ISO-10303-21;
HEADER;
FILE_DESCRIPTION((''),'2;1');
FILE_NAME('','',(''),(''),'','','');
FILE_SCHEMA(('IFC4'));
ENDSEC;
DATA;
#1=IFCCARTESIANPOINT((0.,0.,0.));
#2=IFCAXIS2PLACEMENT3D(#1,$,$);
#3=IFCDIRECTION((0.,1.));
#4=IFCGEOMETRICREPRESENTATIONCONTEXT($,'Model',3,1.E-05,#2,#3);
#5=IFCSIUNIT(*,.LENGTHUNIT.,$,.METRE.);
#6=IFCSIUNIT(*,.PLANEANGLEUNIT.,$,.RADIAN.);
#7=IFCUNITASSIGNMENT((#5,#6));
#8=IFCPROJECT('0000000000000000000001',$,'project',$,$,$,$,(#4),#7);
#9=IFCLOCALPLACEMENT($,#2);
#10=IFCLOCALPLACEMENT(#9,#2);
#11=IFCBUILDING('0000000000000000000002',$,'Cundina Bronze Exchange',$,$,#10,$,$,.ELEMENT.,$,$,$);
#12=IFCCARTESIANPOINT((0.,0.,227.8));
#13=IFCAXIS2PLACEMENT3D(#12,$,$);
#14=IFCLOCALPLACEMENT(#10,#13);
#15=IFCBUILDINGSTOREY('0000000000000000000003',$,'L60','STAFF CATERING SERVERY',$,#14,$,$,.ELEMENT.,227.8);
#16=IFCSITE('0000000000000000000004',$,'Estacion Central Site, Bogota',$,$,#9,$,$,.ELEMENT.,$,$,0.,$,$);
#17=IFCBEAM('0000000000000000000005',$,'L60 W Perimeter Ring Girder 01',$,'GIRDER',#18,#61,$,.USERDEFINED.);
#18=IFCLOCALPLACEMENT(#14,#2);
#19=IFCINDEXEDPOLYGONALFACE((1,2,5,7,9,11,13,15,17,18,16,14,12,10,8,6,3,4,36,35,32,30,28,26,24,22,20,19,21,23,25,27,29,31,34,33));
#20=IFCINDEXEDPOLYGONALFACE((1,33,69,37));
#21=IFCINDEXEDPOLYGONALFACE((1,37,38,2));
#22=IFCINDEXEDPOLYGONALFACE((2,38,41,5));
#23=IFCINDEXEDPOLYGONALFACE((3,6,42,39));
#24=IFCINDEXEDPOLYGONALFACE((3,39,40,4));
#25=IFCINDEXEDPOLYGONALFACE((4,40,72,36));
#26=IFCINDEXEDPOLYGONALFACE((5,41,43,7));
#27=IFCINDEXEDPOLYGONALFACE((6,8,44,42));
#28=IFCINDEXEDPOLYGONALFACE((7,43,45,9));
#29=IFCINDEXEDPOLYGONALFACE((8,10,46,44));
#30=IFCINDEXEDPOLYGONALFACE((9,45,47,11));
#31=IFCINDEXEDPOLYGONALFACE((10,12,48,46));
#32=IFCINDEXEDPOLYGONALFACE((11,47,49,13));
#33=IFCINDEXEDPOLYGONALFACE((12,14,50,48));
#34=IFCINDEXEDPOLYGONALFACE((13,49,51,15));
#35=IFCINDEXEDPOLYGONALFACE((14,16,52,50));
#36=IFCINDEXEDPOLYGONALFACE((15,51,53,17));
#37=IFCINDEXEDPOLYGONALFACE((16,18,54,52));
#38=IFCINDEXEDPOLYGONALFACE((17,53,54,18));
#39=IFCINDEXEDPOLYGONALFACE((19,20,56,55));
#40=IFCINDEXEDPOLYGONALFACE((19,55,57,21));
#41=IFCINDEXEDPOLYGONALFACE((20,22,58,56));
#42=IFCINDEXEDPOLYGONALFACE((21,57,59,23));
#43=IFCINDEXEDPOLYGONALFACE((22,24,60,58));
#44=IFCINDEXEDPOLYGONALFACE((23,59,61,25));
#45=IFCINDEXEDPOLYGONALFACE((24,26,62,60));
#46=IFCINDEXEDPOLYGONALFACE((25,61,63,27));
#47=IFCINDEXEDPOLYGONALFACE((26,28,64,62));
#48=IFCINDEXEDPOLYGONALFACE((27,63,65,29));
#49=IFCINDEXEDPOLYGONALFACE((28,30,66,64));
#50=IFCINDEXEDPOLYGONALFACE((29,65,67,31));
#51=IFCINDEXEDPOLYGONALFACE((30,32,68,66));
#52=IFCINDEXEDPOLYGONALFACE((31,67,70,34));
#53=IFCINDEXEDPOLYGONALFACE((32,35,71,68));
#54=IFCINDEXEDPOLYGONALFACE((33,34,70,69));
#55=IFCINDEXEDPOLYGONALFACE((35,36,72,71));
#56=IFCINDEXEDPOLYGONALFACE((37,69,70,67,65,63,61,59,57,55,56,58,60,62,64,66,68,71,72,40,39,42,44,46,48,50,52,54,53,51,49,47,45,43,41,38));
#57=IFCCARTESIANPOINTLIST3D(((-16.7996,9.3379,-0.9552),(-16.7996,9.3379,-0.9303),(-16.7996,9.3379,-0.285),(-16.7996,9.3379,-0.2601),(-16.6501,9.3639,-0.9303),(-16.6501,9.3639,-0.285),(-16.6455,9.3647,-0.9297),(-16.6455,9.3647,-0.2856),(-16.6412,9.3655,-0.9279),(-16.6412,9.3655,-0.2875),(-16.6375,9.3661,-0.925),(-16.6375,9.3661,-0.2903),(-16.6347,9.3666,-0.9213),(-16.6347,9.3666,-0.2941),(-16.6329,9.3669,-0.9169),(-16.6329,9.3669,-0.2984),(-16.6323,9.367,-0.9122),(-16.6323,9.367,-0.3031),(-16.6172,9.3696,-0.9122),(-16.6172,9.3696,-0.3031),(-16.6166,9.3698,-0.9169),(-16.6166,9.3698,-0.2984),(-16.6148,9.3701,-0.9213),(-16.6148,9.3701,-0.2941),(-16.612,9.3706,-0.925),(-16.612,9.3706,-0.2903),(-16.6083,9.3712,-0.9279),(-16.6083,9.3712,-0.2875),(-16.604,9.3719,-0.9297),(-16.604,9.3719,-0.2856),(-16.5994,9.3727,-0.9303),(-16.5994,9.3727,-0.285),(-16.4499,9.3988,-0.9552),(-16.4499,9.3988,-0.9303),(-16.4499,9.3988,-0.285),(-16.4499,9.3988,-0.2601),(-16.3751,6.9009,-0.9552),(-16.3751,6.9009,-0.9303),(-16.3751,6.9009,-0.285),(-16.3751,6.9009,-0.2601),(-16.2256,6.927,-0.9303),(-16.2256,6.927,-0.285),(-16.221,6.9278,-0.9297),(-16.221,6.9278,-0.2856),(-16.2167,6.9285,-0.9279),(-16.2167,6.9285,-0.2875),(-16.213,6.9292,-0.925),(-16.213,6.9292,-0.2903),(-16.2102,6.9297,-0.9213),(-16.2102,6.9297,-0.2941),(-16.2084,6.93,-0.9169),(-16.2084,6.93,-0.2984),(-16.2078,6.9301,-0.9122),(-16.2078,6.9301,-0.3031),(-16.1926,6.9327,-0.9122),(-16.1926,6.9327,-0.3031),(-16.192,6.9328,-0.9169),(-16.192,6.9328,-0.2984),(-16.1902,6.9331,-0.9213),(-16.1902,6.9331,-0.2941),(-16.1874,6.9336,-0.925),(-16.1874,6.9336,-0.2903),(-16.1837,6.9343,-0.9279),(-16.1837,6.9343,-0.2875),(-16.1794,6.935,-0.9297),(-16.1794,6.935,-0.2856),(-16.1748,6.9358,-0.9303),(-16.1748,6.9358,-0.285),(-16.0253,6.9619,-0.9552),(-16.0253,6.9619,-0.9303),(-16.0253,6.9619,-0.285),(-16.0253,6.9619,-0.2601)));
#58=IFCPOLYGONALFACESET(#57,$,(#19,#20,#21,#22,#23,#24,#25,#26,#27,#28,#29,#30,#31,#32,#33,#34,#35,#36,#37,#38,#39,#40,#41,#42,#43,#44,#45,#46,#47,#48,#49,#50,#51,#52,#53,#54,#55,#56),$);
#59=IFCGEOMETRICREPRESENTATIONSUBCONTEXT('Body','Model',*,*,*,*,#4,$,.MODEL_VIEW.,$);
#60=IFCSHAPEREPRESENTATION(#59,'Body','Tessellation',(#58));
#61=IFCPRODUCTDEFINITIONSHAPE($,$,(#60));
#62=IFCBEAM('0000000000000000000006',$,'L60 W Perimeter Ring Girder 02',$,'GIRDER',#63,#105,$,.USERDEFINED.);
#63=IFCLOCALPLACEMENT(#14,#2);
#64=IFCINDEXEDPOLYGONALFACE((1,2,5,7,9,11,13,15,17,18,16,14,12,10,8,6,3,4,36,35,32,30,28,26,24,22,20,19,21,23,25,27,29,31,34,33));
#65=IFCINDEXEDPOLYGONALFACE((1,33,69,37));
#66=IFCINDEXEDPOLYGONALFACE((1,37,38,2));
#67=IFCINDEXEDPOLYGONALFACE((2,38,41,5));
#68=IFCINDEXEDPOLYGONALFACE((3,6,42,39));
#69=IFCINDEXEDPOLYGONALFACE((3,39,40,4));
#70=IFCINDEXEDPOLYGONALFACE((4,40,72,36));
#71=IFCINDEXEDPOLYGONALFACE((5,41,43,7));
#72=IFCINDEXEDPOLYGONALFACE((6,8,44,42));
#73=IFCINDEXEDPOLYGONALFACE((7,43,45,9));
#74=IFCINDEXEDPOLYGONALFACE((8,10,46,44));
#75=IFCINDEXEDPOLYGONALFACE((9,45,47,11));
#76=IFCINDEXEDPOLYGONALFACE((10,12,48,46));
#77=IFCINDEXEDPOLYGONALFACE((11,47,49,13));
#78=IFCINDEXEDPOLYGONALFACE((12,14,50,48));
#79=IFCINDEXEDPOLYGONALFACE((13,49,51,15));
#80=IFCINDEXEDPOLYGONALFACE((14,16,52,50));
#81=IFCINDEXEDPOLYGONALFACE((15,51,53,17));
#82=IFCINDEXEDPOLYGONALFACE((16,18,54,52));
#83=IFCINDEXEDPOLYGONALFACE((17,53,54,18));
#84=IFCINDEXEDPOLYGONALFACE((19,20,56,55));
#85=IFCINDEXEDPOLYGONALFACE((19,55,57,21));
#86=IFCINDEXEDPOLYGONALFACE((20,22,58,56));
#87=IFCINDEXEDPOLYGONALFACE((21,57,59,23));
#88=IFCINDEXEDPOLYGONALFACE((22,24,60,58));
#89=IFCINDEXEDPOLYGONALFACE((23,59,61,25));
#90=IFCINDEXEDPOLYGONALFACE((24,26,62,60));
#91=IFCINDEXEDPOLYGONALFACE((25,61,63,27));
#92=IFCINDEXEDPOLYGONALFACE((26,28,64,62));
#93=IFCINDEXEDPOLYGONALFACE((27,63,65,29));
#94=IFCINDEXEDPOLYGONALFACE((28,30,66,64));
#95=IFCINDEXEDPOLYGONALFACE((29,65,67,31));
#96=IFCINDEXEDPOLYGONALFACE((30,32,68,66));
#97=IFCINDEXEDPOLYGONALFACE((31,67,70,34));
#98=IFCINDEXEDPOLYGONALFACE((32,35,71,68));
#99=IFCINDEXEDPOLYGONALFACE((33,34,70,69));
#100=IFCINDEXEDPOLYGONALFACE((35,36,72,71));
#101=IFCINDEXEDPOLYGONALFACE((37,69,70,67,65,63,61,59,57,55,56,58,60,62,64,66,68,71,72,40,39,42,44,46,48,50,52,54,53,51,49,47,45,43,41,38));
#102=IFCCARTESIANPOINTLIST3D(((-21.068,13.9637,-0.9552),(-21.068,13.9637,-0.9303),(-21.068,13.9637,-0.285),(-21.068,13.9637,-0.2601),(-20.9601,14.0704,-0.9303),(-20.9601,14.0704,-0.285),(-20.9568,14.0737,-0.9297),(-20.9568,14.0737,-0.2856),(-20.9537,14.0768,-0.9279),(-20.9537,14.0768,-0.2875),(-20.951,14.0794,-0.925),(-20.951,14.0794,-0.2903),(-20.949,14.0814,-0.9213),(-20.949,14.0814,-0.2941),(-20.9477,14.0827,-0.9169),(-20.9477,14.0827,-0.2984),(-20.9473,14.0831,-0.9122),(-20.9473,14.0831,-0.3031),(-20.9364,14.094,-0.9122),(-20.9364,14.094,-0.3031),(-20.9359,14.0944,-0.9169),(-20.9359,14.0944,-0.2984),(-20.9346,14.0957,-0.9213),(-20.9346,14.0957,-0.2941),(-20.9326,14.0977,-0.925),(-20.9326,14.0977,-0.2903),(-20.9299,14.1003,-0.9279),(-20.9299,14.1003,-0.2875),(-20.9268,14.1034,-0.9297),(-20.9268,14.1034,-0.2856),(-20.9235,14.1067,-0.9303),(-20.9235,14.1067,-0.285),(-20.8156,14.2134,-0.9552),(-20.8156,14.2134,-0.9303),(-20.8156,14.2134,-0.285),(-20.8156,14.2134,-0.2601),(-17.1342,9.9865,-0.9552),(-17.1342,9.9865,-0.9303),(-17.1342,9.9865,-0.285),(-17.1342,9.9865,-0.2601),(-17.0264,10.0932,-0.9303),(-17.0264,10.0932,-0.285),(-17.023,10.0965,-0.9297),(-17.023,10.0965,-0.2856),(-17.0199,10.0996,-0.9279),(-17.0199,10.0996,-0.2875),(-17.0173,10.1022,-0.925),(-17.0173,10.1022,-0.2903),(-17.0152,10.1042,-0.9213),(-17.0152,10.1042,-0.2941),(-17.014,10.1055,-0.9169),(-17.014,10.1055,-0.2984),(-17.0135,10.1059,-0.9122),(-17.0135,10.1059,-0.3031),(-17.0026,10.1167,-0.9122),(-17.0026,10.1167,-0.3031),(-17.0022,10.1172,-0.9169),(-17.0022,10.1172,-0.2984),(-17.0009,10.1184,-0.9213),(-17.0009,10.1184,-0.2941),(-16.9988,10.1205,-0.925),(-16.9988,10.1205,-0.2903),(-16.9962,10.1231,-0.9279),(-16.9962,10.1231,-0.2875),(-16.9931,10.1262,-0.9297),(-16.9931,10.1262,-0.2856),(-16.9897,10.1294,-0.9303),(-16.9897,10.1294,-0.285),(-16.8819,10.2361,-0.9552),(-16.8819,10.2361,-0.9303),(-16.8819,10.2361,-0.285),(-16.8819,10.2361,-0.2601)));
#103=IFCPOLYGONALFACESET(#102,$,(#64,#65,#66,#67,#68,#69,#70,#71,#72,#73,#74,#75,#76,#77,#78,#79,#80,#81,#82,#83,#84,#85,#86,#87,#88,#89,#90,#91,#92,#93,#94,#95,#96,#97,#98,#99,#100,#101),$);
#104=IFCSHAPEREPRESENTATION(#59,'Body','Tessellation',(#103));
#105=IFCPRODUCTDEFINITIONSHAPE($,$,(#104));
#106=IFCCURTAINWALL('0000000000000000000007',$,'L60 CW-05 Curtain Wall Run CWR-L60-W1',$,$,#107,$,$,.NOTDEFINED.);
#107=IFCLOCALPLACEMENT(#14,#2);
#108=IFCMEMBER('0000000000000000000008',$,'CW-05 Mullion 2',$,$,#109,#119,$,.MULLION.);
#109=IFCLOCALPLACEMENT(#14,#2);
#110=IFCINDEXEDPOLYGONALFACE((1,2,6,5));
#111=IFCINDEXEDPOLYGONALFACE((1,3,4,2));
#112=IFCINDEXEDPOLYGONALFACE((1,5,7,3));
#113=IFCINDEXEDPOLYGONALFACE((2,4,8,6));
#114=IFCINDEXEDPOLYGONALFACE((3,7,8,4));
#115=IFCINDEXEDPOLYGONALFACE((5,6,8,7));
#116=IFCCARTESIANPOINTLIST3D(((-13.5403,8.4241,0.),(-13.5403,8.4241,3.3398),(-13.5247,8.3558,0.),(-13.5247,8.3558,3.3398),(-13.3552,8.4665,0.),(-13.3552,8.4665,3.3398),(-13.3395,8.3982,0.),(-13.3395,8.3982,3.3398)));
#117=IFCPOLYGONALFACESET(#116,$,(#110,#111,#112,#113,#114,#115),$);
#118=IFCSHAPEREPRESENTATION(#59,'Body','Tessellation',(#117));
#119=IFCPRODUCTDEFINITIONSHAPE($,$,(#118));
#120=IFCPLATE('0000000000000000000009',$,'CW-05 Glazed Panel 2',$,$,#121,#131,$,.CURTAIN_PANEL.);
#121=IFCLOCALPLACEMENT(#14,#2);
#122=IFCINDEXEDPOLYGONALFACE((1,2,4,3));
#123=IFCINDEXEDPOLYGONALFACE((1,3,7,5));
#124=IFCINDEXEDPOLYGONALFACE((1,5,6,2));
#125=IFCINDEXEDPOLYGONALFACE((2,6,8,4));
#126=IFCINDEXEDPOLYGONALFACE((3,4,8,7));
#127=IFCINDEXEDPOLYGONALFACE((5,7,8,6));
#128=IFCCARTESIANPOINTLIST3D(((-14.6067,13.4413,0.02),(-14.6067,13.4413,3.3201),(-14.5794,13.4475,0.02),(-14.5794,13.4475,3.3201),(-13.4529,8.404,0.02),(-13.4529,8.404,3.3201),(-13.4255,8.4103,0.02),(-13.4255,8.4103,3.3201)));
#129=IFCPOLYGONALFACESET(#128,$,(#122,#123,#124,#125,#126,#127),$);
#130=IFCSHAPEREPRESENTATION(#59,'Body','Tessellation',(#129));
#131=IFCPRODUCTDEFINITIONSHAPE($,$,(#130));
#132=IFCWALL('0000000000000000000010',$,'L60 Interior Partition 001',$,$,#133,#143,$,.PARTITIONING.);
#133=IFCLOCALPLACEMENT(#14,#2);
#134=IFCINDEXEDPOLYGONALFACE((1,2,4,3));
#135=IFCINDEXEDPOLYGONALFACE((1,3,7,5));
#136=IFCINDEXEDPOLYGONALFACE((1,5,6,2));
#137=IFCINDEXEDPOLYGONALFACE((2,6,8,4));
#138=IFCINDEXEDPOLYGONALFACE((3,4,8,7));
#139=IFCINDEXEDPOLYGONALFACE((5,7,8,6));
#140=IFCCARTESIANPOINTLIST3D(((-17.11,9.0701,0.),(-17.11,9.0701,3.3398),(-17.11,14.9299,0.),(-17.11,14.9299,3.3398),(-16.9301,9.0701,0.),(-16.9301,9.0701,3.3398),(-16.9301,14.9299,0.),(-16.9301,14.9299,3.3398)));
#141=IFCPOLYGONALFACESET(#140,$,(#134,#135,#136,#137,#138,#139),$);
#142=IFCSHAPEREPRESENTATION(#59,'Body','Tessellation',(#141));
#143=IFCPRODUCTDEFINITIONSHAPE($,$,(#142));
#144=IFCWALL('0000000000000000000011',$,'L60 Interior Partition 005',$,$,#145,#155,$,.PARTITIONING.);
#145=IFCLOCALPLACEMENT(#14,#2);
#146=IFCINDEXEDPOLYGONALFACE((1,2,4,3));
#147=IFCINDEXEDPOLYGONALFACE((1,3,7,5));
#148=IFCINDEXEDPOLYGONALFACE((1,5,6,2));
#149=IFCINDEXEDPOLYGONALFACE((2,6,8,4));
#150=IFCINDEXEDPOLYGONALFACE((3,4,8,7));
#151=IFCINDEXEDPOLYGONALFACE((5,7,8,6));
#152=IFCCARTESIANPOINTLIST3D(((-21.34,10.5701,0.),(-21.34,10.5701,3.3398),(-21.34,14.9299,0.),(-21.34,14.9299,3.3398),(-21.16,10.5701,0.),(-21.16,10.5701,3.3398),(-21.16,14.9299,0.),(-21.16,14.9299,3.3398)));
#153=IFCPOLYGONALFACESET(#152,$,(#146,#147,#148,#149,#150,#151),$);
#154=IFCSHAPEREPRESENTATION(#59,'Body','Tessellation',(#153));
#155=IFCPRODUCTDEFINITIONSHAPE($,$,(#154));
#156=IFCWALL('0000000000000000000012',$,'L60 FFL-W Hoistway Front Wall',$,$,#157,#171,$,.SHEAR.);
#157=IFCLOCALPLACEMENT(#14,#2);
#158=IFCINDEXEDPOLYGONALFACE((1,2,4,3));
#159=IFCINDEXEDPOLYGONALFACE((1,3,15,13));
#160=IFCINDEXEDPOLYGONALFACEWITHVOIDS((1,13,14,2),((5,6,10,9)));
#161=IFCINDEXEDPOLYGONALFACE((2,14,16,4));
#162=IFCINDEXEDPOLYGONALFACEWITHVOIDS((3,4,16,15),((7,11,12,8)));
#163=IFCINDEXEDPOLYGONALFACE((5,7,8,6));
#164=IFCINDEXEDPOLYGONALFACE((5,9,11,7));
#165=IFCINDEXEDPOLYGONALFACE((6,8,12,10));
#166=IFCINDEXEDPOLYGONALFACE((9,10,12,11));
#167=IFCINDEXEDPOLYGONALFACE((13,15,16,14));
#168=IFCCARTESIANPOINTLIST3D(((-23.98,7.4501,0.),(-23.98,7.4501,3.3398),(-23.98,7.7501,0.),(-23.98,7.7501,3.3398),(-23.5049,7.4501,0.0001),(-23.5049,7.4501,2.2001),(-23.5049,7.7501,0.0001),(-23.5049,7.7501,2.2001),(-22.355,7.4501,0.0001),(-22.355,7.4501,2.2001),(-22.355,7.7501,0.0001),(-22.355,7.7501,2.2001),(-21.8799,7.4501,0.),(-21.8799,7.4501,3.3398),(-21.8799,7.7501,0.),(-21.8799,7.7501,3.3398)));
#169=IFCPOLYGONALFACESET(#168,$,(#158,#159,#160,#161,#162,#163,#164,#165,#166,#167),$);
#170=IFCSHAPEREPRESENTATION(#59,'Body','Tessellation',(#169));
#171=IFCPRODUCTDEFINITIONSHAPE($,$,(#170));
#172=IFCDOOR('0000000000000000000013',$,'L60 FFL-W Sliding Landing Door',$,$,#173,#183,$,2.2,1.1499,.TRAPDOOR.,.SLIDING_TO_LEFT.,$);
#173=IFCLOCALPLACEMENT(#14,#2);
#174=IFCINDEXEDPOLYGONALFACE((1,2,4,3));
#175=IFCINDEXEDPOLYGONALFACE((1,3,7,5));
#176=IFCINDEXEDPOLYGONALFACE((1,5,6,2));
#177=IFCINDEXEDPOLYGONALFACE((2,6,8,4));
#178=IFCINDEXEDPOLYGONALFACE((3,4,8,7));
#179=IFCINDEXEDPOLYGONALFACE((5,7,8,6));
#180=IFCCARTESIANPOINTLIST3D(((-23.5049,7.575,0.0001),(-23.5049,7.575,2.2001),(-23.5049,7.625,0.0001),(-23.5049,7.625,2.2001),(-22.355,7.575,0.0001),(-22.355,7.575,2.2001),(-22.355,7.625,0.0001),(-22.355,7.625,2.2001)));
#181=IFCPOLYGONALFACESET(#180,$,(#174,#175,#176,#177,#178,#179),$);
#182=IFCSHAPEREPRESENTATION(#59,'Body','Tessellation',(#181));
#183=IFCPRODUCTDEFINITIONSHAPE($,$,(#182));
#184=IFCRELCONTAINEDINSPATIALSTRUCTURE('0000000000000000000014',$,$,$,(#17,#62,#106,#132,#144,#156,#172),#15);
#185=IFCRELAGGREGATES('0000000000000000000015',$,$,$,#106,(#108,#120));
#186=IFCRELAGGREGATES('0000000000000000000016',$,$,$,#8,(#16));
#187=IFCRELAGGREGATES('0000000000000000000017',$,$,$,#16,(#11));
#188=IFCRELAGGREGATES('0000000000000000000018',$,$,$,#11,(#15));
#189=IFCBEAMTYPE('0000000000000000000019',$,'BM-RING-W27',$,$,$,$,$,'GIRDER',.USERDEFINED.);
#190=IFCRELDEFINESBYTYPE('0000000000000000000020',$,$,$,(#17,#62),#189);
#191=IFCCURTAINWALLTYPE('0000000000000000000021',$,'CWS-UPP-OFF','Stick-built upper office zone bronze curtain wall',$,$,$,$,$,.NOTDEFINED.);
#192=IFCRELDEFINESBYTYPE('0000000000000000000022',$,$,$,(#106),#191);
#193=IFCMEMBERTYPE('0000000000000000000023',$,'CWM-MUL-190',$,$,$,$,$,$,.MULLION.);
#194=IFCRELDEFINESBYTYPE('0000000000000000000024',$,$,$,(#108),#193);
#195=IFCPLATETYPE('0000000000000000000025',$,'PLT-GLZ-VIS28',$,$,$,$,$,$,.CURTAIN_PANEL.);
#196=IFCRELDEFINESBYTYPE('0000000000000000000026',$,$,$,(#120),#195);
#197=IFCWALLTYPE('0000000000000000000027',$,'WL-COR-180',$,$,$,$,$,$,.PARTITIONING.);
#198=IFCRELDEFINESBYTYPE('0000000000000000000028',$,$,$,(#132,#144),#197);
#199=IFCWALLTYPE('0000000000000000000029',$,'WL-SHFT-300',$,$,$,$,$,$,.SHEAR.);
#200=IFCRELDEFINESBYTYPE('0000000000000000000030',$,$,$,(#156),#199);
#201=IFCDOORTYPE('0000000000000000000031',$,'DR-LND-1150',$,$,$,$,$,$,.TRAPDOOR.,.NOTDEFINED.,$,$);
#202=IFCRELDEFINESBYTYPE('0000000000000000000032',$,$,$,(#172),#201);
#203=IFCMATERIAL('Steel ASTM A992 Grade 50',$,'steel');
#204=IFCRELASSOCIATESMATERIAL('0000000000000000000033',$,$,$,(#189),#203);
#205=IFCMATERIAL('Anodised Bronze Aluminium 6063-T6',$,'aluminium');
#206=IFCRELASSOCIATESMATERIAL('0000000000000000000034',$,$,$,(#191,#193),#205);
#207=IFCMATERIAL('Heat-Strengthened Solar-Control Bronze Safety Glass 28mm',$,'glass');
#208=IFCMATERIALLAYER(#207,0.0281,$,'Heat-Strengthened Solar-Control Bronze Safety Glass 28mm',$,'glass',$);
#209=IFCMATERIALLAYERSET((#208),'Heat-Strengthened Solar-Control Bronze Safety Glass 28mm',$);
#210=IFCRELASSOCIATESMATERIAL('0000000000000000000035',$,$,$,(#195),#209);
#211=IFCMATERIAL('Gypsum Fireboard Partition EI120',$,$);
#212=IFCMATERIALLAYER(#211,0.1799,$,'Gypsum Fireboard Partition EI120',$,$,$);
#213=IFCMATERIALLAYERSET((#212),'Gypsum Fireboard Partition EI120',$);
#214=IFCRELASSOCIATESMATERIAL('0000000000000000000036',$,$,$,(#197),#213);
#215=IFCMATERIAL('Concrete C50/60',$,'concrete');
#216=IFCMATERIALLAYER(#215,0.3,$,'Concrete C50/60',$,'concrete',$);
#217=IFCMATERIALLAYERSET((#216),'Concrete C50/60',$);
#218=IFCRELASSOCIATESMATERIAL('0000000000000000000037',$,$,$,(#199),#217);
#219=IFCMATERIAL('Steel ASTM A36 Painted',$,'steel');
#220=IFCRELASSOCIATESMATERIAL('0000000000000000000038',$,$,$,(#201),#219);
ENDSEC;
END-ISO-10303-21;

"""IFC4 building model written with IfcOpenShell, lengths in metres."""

from ifc_helpers import new_model, si_unit, direction, frame, frame_2d, origin, origin_2d, place, context, subcontext, project, spatial, rectangle, i_section, extrude, material, layer, layer_set, material_profile, profile_set, type_object, element, fill, aggregate, save


model = new_model("IFC4")

# Units and contexts
model_context = context("Model", 3, precision=1e-05, world=origin(), true_north=direction((0.0, 1.0)))
body_context = subcontext(model_context, "Body", "Model", "MODEL_VIEW")
ifc_project = project(units=[si_unit("LENGTHUNIT", "METRE"), si_unit("PLANEANGLEUNIT", "RADIAN")], contexts=[model_context])

# Site, building, storey
site_placement = place(None, origin())
site = spatial("IfcSite", under=ifc_project, at=site_placement, Name="Estacion Central Site, Bogota", CompositionType="ELEMENT", RefElevation=0.0)
building_placement = place(site_placement, origin())
building = spatial("IfcBuilding", under=site, at=building_placement, Name="Cundina Bronze Exchange", CompositionType="ELEMENT")
storey_placement = place(building_placement, frame((0.0, 0.0, 227.8)))
storey = spatial("IfcBuildingStorey", under=building, at=storey_placement, Name="L60", Description="STAFF CATERING SERVERY", CompositionType="ELEMENT", Elevation=227.8)

# Shared definitions
ifc_material_1 = material(Name="Concrete C50/60", Category="concrete")

# Beams
ifc_material_2 = material(Name="Steel ASTM A992 Grade 50", Category="steel")
ifc_material_profile_1 = material_profile(ifc_material_2, i_section(OverallWidth=0.355, OverallDepth=0.6951, WebThickness=0.0154, FlangeThickness=0.0249, FilletRadius=0.0181, at=origin_2d()), Name="W27X146", Category="steel")
ifc_profile_set_1 = profile_set([ifc_material_profile_1], Name="Steel ASTM A992 Grade 50")
beam_type_1 = type_object("IfcBeamType", Name="BM-RING-W27", ElementType="GIRDER", PredefinedType="USERDEFINED", material=ifc_profile_set_1)
beam_1_placement = place(storey_placement, frame((-16.2002, 6.9314, -0.6077), z_axis=(-0.171629, 0.985162, 0.0), x_axis=(-0.985162, -0.171629, 0.0)))
element("IfcBeam", 1, at=beam_1_placement, inside=storey, type_object=beam_type_1, Name="L60 W Perimeter Ring Girder 01", ObjectType="GIRDER", PredefinedType="USERDEFINED", context=body_context, shape_type="SweptSolid", body=[
    extrude(i_section(OverallWidth=0.355, OverallDepth=0.6951, WebThickness=0.0154, FlangeThickness=0.0249, FilletRadius=0.0181, at=origin_2d()), origin(), (0.0, 0.0, 1.0), 2.4736),
])
beam_2_placement = place(storey_placement, frame((-17.0081, 10.1113, -0.6077), z_axis=(-0.703212, 0.71098, 0.0), x_axis=(-0.71098, -0.703212, 0.0)))
element("IfcBeam", 2, at=beam_2_placement, inside=storey, type_object=beam_type_1, Name="L60 W Perimeter Ring Girder 02", ObjectType="GIRDER", PredefinedType="USERDEFINED", context=body_context, shape_type="SweptSolid", body=[
    extrude(i_section(OverallWidth=0.355, OverallDepth=0.6951, WebThickness=0.0154, FlangeThickness=0.0249, FilletRadius=0.0181, at=origin_2d()), origin(), (0.0, 0.0, 1.0), 5.594),
])

# Curtain wall, member, plate
ifc_material_3 = material(Name="Anodised Bronze Aluminium 6063-T6", Category="aluminium")
curtain_wall_type = type_object("IfcCurtainWallType", Name="CWS-UPP-OFF", Description="Stick-built upper office zone bronze curtain wall", PredefinedType="NOTDEFINED", material=ifc_material_3)
curtain_wall_placement = place(storey_placement, origin())
curtain_wall = element("IfcCurtainWall", 3, at=curtain_wall_placement, inside=storey, type_object=curtain_wall_type, Name="L60 CW-05 Curtain Wall Run CWR-L60-W1", PredefinedType="NOTDEFINED")
ifc_material_profile_2 = material_profile(ifc_material_3, rectangle(XDim=0.0701, YDim=0.1899, at=origin_2d()), Name="AL70X190", Category="aluminium")
ifc_profile_set_2 = profile_set([ifc_material_profile_2], Name="Anodised Bronze Aluminium 6063-T6")
member_type = type_object("IfcMemberType", Name="CWM-MUL-190", PredefinedType="MULLION", material=ifc_profile_set_2)
member_placement = place(storey_placement, frame((-13.4399, 8.4111, 0.0), z_axis=(0.0, 0.0, 1.0), x_axis=(-0.22325, 0.974761, 0.0)))
member = element("IfcMember", 4, at=member_placement, type_object=member_type, Name="CW-05 Mullion 2", PredefinedType="MULLION", context=body_context, shape_type="SweptSolid", body=[
    extrude(rectangle(XDim=0.0701, YDim=0.1899, at=origin_2d()), origin(), (0.0, 0.0, 1.0), 3.3398),
])
ifc_material_4 = material(Name="Heat-Strengthened Solar-Control Bronze Safety Glass 28mm", Category="glass")
ifc_layer_1 = layer(ifc_material_4, 0.0281, Name="Heat-Strengthened Solar-Control Bronze Safety Glass 28mm", Category="glass")
ifc_layer_set_1 = layer_set([ifc_layer_1], Name="Heat-Strengthened Solar-Control Bronze Safety Glass 28mm")
plate_type = type_object("IfcPlateType", Name="PLT-GLZ-VIS28", PredefinedType="CURTAIN_PANEL", material=ifc_layer_set_1)
plate_placement = place(storey_placement, frame((-14.0161, 10.9258, 0.02), z_axis=(0.0, 0.0, 1.0), x_axis=(-0.223284, 0.974753, 0.0)))
plate = element("IfcPlate", 5, at=plate_placement, type_object=plate_type, Name="CW-05 Glazed Panel 2", PredefinedType="CURTAIN_PANEL", context=body_context, shape_type="SweptSolid", body=[
    extrude(rectangle(XDim=5.1677, YDim=0.0281, at=origin_2d()), origin(), (0.0, 0.0, 1.0), 3.3),
])
aggregate(curtain_wall, [member, plate])

# Walls
ifc_material_5 = material(Name="Gypsum Fireboard Partition EI120")
ifc_layer_2 = layer(ifc_material_5, 0.1799, Name="Gypsum Fireboard Partition EI120")
ifc_layer_set_2 = layer_set([ifc_layer_2], Name="Gypsum Fireboard Partition EI120")
wall_type_1 = type_object("IfcWallType", Name="WL-COR-180", PredefinedType="PARTITIONING", material=ifc_layer_set_2)
wall_1_placement = place(storey_placement, frame((-17.02, 9.0701, 0.0), z_axis=(0.0, 0.0, 1.0), x_axis=(0.0, 1.0, 0.0)))
element("IfcWall", 6, at=wall_1_placement, inside=storey, type_object=wall_type_1, Name="L60 Interior Partition 001", PredefinedType="PARTITIONING", context=body_context, shape_type="SweptSolid", body=[
    extrude(rectangle(XDim=5.8599, YDim=0.1799, at=frame_2d((2.9299, 0.0))), origin(), (0.0, 0.0, 1.0), 3.3398),
])
wall_2_placement = place(storey_placement, frame((-21.25, 10.5701, 0.0), z_axis=(0.0, 0.0, 1.0), x_axis=(0.0, 1.0, 0.0)))
element("IfcWall", 7, at=wall_2_placement, inside=storey, type_object=wall_type_1, Name="L60 Interior Partition 005", PredefinedType="PARTITIONING", context=body_context, shape_type="SweptSolid", body=[
    extrude(rectangle(XDim=4.3599, YDim=0.1799, at=frame_2d((2.1799, 0.0))), origin(), (0.0, 0.0, 1.0), 3.3398),
])

# Wall, opening, door
ifc_layer_3 = layer(ifc_material_1, 0.3, Name="Concrete C50/60", Category="concrete")
ifc_layer_set_3 = layer_set([ifc_layer_3], Name="Concrete C50/60")
wall_type_2 = type_object("IfcWallType", Name="WL-SHFT-300", PredefinedType="SHEAR", material=ifc_layer_set_3)
wall_3_placement = place(storey_placement, frame((-23.98, 7.6001, 0.0), z_axis=(0.0, 0.0, 1.0), x_axis=(1.0, 0.0, 0.0)))
wall_3 = element("IfcWall", 8, at=wall_3_placement, inside=storey, type_object=wall_type_2, Name="L60 FFL-W Hoistway Front Wall", PredefinedType="SHEAR", context=body_context, shape_type="SweptSolid", body=[
    extrude(rectangle(XDim=2.1001, YDim=0.3, at=frame_2d((1.05, 0.0))), origin(), (0.0, 0.0, 1.0), 3.3398),
])
opening_1_placement = place(wall_3_placement, frame((0.4751, 0.0, 0.0)))
opening_1 = element("IfcOpeningElement", 9, at=opening_1_placement, cuts=wall_3, PredefinedType="OPENING", context=body_context, shape_type="SweptSolid", body=[
    extrude(rectangle(XDim=1.1499, YDim=2.2, at=frame_2d((0.575, 1.1001))), frame((0.0, 0.1599, 0.0), z_axis=(0.0, -1.0, 0.0), x_axis=(1.0, 0.0, 0.0)), (0.0, 0.0, 1.0), 0.3201),
])
ifc_material_6 = material(Name="Steel ASTM A36 Painted", Category="steel")
door_type = type_object("IfcDoorType", Name="DR-LND-1150", OperationType="NOTDEFINED", PredefinedType="TRAPDOOR", material=ifc_material_6)
door_1_placement = place(opening_1_placement, origin())
door_1 = element("IfcDoor", 10, at=door_1_placement, inside=storey, type_object=door_type, Name="L60 FFL-W Sliding Landing Door", OperationType="SLIDING_TO_LEFT", OverallHeight=2.2, OverallWidth=1.1499, PredefinedType="TRAPDOOR", context=body_context, shape_type="SweptSolid", body=[
    extrude(rectangle(XDim=1.1499, YDim=2.2, at=frame_2d((0.575, 1.1001))), frame((0.0, 0.0249, 0.0), z_axis=(0.0, -1.0, 0.0), x_axis=(1.0, 0.0, 0.0)), (0.0, 0.0, 1.0), 0.05),
])
fill(opening_1, door_1)

save(model, "model.ifc")
